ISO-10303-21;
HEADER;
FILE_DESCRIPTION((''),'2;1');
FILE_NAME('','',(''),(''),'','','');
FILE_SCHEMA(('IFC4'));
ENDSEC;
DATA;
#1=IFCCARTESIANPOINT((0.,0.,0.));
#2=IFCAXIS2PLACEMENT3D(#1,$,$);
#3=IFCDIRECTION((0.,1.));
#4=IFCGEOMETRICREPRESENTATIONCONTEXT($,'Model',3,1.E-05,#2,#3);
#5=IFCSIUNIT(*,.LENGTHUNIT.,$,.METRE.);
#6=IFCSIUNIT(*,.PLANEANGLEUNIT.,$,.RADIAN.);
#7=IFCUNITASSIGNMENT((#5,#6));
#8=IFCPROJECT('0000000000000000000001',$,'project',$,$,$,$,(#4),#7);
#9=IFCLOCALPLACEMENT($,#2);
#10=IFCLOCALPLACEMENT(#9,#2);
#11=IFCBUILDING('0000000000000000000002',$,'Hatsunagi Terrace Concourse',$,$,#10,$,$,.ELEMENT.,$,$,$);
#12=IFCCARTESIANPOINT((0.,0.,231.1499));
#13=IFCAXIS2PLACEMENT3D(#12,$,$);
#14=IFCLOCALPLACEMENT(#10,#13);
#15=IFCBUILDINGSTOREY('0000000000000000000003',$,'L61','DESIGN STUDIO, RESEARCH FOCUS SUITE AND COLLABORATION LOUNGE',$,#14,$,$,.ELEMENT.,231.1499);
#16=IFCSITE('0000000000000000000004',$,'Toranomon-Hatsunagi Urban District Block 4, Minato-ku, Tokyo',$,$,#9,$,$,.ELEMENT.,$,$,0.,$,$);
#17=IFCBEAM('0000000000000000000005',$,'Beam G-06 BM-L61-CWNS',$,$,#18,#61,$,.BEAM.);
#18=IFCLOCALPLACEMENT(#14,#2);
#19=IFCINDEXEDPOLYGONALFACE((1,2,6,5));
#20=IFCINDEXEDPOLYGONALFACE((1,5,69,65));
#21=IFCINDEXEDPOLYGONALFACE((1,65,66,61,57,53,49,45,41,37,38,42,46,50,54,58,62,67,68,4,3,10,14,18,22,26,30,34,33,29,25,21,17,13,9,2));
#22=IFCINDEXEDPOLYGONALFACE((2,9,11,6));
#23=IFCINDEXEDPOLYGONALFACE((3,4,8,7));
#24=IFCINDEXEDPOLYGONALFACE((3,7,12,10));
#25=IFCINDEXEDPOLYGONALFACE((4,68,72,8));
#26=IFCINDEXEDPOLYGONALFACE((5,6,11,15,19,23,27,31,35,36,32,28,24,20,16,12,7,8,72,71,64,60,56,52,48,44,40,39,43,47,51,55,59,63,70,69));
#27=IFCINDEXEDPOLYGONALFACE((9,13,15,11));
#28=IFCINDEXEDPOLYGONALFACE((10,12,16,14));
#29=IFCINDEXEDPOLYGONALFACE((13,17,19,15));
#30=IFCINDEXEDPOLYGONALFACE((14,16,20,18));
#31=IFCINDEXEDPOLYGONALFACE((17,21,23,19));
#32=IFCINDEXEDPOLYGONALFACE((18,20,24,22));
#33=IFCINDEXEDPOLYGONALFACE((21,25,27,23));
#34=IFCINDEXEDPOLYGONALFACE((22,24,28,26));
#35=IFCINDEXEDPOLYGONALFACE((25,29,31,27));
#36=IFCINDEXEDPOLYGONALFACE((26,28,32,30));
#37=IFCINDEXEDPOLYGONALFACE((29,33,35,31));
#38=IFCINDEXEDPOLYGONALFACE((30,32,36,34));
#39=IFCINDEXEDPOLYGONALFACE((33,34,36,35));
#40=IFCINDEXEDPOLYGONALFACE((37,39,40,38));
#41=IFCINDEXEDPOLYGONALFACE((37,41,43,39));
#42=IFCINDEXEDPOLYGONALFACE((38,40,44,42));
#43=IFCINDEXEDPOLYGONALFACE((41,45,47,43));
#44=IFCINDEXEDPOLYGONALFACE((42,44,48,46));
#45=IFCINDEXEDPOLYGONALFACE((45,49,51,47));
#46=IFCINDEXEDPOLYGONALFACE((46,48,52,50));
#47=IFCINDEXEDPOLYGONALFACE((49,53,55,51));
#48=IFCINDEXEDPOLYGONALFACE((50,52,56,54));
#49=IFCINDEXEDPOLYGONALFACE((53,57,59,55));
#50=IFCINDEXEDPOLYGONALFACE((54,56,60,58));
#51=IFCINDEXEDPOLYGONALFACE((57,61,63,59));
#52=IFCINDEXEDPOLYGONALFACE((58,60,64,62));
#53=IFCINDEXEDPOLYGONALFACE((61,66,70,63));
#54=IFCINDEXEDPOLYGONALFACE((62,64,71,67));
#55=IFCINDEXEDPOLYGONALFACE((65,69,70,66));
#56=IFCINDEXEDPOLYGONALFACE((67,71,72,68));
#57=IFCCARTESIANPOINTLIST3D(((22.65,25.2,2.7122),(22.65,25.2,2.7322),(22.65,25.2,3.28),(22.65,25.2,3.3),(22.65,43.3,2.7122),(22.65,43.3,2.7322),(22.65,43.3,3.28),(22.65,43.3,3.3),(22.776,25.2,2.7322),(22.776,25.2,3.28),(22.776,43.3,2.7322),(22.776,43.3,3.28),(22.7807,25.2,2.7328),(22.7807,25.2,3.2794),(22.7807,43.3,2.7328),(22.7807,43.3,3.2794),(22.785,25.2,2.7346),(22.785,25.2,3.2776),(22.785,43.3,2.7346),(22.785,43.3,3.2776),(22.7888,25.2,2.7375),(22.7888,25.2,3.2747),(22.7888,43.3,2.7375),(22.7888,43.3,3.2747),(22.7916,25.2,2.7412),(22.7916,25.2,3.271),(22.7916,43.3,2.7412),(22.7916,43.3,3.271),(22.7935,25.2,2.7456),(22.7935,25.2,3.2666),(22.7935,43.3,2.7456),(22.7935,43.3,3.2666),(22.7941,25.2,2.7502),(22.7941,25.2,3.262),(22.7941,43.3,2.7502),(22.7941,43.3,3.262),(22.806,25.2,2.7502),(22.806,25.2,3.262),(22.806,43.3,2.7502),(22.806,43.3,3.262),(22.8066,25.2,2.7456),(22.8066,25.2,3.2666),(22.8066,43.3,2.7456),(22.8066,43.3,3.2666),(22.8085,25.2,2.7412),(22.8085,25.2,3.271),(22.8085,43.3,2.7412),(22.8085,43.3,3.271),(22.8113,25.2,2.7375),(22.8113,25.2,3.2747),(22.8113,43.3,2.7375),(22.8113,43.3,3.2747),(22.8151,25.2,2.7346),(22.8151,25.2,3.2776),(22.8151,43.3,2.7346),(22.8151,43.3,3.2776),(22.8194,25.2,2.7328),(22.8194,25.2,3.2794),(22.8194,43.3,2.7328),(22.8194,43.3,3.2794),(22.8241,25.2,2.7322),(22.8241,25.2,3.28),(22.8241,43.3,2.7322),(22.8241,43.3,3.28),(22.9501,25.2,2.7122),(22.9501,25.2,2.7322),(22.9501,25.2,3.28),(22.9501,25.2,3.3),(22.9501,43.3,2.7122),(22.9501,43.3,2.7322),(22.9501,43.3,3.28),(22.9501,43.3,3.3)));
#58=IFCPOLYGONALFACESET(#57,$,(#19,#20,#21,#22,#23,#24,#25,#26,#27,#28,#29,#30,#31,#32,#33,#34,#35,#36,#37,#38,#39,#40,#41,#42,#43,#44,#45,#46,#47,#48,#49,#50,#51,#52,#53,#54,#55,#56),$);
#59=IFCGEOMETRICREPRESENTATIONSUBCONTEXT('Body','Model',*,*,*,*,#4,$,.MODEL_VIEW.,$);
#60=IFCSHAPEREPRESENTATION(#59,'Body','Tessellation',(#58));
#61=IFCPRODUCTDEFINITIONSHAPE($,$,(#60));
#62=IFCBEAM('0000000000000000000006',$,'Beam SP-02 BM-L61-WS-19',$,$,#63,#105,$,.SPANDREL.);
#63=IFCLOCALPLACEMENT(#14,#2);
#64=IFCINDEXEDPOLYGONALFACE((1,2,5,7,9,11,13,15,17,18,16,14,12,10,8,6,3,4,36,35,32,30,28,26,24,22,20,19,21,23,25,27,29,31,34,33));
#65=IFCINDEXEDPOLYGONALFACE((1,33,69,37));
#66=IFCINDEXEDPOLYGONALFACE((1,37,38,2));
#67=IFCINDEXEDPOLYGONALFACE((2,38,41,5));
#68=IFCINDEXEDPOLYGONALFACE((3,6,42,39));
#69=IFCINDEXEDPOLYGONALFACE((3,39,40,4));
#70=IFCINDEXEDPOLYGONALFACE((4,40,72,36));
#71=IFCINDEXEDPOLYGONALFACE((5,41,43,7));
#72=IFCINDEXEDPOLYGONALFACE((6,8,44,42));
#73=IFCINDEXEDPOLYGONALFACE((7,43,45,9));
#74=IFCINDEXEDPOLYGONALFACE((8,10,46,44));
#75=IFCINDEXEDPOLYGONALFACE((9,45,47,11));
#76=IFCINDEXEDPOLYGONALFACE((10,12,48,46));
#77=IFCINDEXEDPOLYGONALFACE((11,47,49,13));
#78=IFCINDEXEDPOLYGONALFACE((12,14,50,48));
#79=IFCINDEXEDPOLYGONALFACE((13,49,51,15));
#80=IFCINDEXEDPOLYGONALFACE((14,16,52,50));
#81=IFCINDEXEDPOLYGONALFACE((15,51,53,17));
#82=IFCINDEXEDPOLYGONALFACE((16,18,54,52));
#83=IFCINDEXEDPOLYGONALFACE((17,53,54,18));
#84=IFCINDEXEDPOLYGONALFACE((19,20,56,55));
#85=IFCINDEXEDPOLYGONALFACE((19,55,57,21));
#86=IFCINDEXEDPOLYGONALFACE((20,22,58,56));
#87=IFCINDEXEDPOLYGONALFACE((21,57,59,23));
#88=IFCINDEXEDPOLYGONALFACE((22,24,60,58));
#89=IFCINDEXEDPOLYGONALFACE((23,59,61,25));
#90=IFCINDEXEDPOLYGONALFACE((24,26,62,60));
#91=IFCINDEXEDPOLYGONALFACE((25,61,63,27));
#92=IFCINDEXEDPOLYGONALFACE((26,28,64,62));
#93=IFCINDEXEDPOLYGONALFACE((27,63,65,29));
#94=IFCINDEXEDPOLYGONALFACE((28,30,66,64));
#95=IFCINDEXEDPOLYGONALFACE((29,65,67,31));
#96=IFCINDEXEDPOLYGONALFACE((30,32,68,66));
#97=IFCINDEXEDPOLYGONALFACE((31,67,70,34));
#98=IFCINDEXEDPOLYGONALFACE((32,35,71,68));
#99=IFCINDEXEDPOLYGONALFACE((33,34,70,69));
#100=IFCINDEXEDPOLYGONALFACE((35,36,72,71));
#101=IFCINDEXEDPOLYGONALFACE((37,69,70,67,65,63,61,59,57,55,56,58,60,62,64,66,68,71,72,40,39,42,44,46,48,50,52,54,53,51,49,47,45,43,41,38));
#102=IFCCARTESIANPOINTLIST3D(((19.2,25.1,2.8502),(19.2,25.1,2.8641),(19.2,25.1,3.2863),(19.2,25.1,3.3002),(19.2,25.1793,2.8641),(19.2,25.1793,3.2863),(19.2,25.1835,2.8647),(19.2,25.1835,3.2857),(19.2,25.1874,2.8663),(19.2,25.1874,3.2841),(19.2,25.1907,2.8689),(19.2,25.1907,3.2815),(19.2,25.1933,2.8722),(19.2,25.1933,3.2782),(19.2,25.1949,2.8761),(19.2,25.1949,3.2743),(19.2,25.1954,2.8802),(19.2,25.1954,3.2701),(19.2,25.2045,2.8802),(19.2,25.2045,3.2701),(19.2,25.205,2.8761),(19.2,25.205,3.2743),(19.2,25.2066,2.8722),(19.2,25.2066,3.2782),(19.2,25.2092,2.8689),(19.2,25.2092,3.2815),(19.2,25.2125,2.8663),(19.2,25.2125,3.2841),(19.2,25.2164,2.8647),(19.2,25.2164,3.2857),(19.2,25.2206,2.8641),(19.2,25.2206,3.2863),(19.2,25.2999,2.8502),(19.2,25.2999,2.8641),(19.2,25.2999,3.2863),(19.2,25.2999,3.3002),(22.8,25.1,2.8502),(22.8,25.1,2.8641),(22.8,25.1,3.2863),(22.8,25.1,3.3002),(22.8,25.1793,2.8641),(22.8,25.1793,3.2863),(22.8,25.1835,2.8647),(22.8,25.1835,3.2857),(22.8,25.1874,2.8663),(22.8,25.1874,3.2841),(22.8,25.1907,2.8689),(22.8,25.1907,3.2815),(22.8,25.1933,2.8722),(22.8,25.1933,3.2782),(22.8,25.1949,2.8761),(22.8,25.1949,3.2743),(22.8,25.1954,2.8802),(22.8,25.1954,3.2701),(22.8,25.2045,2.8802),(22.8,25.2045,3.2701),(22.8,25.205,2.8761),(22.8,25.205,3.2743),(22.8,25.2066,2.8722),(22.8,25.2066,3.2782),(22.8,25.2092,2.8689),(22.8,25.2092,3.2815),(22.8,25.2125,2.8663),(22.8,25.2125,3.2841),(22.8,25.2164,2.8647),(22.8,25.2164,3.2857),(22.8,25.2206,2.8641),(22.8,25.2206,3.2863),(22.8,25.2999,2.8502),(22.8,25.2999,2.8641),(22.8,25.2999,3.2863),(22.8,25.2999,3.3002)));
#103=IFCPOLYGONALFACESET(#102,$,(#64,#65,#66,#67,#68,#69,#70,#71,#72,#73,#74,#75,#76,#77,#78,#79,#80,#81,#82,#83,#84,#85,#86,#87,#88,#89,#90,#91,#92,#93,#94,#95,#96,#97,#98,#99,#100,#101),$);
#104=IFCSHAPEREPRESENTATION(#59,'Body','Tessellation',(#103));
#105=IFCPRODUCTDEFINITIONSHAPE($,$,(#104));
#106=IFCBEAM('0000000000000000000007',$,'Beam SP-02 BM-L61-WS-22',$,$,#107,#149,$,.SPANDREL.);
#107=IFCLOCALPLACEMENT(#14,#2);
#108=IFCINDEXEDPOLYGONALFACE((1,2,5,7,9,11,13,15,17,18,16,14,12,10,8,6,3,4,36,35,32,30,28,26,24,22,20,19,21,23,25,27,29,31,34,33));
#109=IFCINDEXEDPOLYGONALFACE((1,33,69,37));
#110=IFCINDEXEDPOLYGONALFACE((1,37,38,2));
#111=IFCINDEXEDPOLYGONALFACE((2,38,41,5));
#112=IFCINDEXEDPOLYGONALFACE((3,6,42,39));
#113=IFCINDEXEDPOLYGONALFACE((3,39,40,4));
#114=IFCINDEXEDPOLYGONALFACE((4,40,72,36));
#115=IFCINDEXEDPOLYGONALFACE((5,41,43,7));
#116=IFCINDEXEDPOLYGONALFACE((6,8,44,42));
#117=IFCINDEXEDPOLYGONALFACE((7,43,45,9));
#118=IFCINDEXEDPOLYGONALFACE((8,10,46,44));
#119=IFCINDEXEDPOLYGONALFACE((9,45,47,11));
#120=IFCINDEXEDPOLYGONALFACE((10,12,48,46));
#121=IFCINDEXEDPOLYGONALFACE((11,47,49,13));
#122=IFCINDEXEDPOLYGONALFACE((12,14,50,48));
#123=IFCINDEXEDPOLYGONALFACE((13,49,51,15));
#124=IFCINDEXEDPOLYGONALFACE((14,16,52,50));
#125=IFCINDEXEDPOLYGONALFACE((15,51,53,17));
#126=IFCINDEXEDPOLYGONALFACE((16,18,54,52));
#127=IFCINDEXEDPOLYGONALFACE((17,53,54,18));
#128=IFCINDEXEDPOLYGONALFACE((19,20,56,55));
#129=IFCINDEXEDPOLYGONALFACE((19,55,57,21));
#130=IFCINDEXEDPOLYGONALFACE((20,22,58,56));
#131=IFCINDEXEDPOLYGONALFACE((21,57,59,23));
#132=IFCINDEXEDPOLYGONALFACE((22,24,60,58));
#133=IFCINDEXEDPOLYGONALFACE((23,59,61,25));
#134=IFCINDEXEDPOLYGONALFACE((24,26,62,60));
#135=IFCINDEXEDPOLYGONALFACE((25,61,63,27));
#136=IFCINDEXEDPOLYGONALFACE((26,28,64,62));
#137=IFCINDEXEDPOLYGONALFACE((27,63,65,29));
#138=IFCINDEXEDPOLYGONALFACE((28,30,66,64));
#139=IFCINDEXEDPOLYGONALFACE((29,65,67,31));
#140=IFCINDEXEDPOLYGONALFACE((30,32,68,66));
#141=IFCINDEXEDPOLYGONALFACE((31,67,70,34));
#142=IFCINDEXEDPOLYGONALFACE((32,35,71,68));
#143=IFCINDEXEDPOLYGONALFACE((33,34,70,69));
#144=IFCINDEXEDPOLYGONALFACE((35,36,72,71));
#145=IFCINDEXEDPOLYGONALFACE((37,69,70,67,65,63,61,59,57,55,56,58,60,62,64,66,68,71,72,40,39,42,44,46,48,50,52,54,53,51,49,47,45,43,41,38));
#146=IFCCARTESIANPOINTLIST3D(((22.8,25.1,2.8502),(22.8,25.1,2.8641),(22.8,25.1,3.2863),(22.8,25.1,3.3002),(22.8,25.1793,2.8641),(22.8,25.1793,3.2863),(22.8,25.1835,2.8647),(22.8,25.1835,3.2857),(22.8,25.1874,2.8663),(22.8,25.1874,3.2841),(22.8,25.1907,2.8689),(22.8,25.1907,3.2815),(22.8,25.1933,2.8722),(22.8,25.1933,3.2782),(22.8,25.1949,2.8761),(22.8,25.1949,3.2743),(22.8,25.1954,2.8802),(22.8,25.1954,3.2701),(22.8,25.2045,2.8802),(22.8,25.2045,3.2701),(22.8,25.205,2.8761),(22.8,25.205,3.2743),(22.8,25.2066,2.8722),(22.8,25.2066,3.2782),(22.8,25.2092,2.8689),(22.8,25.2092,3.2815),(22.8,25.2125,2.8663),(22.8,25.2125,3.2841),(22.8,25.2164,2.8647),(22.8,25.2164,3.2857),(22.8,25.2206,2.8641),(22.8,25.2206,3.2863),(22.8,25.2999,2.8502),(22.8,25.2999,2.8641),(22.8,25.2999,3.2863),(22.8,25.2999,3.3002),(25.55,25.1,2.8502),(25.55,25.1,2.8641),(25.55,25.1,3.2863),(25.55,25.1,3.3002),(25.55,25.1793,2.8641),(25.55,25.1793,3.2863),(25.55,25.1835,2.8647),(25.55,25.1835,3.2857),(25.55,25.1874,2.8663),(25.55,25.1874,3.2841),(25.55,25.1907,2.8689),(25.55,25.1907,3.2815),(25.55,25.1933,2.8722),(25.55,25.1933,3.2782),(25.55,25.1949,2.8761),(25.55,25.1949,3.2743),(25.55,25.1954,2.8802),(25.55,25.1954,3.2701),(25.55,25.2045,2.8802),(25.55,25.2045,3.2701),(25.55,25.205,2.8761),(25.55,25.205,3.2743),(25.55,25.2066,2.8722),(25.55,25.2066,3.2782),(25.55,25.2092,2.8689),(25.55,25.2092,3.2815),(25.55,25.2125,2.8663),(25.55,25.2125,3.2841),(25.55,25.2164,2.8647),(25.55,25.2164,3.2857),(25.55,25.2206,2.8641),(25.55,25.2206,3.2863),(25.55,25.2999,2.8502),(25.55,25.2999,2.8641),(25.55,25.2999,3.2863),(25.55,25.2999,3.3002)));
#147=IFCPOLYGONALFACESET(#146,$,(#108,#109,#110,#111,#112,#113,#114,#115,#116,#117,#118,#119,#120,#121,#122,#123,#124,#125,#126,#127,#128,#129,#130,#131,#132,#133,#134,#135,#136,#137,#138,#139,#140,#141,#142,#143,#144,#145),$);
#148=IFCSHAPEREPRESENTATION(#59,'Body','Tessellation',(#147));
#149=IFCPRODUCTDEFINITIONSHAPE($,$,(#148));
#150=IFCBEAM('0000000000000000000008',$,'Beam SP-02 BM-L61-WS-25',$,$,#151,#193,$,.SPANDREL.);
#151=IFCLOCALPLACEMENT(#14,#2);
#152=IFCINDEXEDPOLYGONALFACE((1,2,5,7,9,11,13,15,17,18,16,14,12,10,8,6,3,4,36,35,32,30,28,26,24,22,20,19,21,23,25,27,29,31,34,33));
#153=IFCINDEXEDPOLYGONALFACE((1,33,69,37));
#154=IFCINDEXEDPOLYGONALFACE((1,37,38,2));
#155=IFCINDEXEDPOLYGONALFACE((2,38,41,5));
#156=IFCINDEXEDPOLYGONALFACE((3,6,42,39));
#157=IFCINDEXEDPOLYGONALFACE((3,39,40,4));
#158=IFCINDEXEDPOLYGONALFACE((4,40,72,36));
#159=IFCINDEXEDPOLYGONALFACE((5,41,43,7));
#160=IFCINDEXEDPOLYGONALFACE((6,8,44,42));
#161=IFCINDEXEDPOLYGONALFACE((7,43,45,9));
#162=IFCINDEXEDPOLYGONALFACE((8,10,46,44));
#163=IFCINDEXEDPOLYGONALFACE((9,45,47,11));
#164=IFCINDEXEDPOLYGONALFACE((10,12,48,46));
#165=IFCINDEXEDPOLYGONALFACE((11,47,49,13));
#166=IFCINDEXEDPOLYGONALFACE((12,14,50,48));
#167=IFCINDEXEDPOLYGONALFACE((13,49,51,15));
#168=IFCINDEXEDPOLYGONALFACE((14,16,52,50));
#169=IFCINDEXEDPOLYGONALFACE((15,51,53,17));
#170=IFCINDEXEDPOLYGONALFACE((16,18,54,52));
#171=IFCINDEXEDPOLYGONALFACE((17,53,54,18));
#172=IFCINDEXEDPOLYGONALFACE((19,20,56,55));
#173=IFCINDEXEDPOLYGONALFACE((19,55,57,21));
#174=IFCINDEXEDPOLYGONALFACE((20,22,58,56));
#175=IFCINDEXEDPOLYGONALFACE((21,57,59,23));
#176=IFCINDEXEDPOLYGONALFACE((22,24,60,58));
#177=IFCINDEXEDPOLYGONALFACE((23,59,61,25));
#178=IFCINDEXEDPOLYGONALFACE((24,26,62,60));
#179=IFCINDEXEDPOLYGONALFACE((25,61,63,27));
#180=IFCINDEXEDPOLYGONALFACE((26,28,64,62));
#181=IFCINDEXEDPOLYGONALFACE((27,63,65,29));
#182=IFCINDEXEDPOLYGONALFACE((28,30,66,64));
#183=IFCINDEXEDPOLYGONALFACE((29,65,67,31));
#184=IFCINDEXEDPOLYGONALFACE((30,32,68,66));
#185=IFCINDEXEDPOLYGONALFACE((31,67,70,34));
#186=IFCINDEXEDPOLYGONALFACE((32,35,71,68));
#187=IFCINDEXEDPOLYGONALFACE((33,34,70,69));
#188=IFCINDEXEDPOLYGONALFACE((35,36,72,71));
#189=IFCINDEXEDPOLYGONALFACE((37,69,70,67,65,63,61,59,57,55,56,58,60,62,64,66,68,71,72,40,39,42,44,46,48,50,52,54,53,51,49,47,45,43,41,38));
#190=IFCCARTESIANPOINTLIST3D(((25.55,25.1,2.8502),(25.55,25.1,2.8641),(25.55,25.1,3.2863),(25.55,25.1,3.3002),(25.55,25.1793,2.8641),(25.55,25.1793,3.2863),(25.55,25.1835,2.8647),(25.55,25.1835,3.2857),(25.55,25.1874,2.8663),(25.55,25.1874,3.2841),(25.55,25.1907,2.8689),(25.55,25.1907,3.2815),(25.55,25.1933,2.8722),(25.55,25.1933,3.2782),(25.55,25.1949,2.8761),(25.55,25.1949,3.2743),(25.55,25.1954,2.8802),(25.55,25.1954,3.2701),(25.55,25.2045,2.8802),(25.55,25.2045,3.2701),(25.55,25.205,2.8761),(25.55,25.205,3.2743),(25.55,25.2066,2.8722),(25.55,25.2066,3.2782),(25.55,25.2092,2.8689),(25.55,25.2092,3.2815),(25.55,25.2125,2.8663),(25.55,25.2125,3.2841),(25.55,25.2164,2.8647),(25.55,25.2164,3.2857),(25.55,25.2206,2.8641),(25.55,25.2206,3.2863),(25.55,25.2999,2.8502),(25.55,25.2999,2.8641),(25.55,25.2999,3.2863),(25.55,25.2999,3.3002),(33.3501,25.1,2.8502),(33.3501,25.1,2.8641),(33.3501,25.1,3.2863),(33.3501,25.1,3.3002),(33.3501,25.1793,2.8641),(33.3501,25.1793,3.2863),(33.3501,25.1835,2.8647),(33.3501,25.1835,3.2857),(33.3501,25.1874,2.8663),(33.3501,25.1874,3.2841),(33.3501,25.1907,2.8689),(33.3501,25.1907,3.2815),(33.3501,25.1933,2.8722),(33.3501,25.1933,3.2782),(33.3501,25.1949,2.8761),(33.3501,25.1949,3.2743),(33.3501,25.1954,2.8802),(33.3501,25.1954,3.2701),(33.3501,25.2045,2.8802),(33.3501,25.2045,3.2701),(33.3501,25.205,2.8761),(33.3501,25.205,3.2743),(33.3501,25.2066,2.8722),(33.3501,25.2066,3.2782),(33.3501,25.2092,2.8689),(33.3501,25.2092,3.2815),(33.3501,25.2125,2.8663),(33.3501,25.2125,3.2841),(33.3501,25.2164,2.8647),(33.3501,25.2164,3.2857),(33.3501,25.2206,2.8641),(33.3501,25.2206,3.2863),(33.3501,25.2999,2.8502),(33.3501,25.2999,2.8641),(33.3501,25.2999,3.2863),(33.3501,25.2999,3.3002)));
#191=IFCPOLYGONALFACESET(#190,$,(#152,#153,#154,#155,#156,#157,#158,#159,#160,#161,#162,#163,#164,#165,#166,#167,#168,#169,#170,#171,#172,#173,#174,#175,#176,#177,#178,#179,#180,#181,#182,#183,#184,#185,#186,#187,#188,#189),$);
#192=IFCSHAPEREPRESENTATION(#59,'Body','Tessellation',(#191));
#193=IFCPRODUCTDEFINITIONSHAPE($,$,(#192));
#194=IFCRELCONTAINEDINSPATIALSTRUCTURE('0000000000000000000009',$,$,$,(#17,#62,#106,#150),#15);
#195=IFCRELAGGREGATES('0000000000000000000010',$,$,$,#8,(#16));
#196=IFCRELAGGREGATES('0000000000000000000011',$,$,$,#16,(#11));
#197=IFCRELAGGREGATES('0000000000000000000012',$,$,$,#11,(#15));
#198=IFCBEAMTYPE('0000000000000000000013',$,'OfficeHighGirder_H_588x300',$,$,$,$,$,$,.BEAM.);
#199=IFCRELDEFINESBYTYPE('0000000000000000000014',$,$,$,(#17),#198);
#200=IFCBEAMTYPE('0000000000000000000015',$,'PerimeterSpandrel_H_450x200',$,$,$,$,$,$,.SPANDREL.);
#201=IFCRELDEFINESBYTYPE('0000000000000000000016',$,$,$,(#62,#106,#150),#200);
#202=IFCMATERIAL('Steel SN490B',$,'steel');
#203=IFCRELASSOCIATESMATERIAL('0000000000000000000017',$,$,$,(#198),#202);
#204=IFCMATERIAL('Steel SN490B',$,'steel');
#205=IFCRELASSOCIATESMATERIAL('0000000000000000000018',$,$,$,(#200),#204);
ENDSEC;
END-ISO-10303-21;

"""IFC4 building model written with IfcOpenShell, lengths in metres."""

from ifc_helpers import new_model, si_unit, direction, frame, origin, origin_2d, place, context, subcontext, project, spatial, i_section, extrude, material, material_profile, profile_set, type_object, element, save


model = new_model("IFC4")

# Units and contexts
model_context = context("Model", 3, precision=1e-05, world=origin(), true_north=direction((0.0, 1.0)))
body_context = subcontext(model_context, "Body", "Model", "MODEL_VIEW")
ifc_project = project(units=[si_unit("LENGTHUNIT", "METRE"), si_unit("PLANEANGLEUNIT", "RADIAN")], contexts=[model_context])

# Site, building, storey
site_placement = place(None, origin())
site = spatial("IfcSite", under=ifc_project, at=site_placement, Name="Toranomon-Hatsunagi Urban District Block 4, Minato-ku, Tokyo", CompositionType="ELEMENT", RefElevation=0.0)
building_placement = place(site_placement, origin())
building = spatial("IfcBuilding", under=site, at=building_placement, Name="Hatsunagi Terrace Concourse", CompositionType="ELEMENT")
storey_placement = place(building_placement, frame((0.0, 0.0, 231.1499)))
storey = spatial("IfcBuildingStorey", under=building, at=storey_placement, Name="L61", Description="DESIGN STUDIO, RESEARCH FOCUS SUITE AND COLLABORATION LOUNGE", CompositionType="ELEMENT", Elevation=231.1499)

# Beams
ifc_material_1 = material(Name="Steel SN490B", Category="steel")
ifc_material_profile_1 = material_profile(ifc_material_1, i_section(OverallWidth=0.3, OverallDepth=0.5879, WebThickness=0.012, FlangeThickness=0.02, FilletRadius=0.0181, at=origin_2d()), Name="H-588x300x12x20")
ifc_profile_set_1 = profile_set([ifc_material_profile_1], Name="Steel SN490B")
beam_type_1 = type_object("IfcBeamType", Name="OfficeHighGirder_H_588x300", PredefinedType="BEAM", material=ifc_profile_set_1)
beam_1_placement = place(storey_placement, frame((22.8, 25.2, 3.0061), z_axis=(0.0, 1.0, 0.0), x_axis=(-1.0, 0.0, 0.0)))
element("IfcBeam", 1, at=beam_1_placement, inside=storey, type_object=beam_type_1, Name="Beam G-06 BM-L61-CWNS", PredefinedType="BEAM", context=body_context, shape_type="SweptSolid", body=[
    extrude(i_section(OverallWidth=0.3, OverallDepth=0.5879, WebThickness=0.012, FlangeThickness=0.02, FilletRadius=0.0181, at=origin_2d()), origin(), (0.0, 0.0, 1.0), 18.1001),
])
ifc_material_2 = material(Name="Steel SN490B", Category="steel")
ifc_material_profile_2 = material_profile(ifc_material_2, i_section(OverallWidth=0.2, OverallDepth=0.45, WebThickness=0.009, FlangeThickness=0.0139, FilletRadius=0.0161, at=origin_2d()), Name="H-450x200x9x14")
ifc_profile_set_2 = profile_set([ifc_material_profile_2], Name="Steel SN490B")
beam_type_2 = type_object("IfcBeamType", Name="PerimeterSpandrel_H_450x200", PredefinedType="SPANDREL", material=ifc_profile_set_2)
beam_2_placement = place(storey_placement, frame((19.2, 25.2, 3.0752), z_axis=(1.0, 0.0, 0.0), x_axis=(0.0, 1.0, 0.0)))
element("IfcBeam", 2, at=beam_2_placement, inside=storey, type_object=beam_type_2, Name="Beam SP-02 BM-L61-WS-19", PredefinedType="SPANDREL", context=body_context, shape_type="SweptSolid", body=[
    extrude(i_section(OverallWidth=0.2, OverallDepth=0.45, WebThickness=0.009, FlangeThickness=0.0139, FilletRadius=0.0161, at=origin_2d()), origin(), (0.0, 0.0, 1.0), 3.6001),
])
beam_3_placement = place(storey_placement, frame((22.8, 25.2, 3.0752), z_axis=(1.0, 0.0, 0.0), x_axis=(0.0, 1.0, 0.0)))
element("IfcBeam", 3, at=beam_3_placement, inside=storey, type_object=beam_type_2, Name="Beam SP-02 BM-L61-WS-22", PredefinedType="SPANDREL", context=body_context, shape_type="SweptSolid", body=[
    extrude(i_section(OverallWidth=0.2, OverallDepth=0.45, WebThickness=0.009, FlangeThickness=0.0139, FilletRadius=0.0161, at=origin_2d()), origin(), (0.0, 0.0, 1.0), 2.75),
])
beam_4_placement = place(storey_placement, frame((25.55, 25.2, 3.0752), z_axis=(1.0, 0.0, 0.0), x_axis=(0.0, 1.0, 0.0)))
element("IfcBeam", 4, at=beam_4_placement, inside=storey, type_object=beam_type_2, Name="Beam SP-02 BM-L61-WS-25", PredefinedType="SPANDREL", context=body_context, shape_type="SweptSolid", body=[
    extrude(i_section(OverallWidth=0.2, OverallDepth=0.45, WebThickness=0.009, FlangeThickness=0.0139, FilletRadius=0.0161, at=origin_2d()), origin(), (0.0, 0.0, 1.0), 7.8),
])

save(model, "model.ifc")
